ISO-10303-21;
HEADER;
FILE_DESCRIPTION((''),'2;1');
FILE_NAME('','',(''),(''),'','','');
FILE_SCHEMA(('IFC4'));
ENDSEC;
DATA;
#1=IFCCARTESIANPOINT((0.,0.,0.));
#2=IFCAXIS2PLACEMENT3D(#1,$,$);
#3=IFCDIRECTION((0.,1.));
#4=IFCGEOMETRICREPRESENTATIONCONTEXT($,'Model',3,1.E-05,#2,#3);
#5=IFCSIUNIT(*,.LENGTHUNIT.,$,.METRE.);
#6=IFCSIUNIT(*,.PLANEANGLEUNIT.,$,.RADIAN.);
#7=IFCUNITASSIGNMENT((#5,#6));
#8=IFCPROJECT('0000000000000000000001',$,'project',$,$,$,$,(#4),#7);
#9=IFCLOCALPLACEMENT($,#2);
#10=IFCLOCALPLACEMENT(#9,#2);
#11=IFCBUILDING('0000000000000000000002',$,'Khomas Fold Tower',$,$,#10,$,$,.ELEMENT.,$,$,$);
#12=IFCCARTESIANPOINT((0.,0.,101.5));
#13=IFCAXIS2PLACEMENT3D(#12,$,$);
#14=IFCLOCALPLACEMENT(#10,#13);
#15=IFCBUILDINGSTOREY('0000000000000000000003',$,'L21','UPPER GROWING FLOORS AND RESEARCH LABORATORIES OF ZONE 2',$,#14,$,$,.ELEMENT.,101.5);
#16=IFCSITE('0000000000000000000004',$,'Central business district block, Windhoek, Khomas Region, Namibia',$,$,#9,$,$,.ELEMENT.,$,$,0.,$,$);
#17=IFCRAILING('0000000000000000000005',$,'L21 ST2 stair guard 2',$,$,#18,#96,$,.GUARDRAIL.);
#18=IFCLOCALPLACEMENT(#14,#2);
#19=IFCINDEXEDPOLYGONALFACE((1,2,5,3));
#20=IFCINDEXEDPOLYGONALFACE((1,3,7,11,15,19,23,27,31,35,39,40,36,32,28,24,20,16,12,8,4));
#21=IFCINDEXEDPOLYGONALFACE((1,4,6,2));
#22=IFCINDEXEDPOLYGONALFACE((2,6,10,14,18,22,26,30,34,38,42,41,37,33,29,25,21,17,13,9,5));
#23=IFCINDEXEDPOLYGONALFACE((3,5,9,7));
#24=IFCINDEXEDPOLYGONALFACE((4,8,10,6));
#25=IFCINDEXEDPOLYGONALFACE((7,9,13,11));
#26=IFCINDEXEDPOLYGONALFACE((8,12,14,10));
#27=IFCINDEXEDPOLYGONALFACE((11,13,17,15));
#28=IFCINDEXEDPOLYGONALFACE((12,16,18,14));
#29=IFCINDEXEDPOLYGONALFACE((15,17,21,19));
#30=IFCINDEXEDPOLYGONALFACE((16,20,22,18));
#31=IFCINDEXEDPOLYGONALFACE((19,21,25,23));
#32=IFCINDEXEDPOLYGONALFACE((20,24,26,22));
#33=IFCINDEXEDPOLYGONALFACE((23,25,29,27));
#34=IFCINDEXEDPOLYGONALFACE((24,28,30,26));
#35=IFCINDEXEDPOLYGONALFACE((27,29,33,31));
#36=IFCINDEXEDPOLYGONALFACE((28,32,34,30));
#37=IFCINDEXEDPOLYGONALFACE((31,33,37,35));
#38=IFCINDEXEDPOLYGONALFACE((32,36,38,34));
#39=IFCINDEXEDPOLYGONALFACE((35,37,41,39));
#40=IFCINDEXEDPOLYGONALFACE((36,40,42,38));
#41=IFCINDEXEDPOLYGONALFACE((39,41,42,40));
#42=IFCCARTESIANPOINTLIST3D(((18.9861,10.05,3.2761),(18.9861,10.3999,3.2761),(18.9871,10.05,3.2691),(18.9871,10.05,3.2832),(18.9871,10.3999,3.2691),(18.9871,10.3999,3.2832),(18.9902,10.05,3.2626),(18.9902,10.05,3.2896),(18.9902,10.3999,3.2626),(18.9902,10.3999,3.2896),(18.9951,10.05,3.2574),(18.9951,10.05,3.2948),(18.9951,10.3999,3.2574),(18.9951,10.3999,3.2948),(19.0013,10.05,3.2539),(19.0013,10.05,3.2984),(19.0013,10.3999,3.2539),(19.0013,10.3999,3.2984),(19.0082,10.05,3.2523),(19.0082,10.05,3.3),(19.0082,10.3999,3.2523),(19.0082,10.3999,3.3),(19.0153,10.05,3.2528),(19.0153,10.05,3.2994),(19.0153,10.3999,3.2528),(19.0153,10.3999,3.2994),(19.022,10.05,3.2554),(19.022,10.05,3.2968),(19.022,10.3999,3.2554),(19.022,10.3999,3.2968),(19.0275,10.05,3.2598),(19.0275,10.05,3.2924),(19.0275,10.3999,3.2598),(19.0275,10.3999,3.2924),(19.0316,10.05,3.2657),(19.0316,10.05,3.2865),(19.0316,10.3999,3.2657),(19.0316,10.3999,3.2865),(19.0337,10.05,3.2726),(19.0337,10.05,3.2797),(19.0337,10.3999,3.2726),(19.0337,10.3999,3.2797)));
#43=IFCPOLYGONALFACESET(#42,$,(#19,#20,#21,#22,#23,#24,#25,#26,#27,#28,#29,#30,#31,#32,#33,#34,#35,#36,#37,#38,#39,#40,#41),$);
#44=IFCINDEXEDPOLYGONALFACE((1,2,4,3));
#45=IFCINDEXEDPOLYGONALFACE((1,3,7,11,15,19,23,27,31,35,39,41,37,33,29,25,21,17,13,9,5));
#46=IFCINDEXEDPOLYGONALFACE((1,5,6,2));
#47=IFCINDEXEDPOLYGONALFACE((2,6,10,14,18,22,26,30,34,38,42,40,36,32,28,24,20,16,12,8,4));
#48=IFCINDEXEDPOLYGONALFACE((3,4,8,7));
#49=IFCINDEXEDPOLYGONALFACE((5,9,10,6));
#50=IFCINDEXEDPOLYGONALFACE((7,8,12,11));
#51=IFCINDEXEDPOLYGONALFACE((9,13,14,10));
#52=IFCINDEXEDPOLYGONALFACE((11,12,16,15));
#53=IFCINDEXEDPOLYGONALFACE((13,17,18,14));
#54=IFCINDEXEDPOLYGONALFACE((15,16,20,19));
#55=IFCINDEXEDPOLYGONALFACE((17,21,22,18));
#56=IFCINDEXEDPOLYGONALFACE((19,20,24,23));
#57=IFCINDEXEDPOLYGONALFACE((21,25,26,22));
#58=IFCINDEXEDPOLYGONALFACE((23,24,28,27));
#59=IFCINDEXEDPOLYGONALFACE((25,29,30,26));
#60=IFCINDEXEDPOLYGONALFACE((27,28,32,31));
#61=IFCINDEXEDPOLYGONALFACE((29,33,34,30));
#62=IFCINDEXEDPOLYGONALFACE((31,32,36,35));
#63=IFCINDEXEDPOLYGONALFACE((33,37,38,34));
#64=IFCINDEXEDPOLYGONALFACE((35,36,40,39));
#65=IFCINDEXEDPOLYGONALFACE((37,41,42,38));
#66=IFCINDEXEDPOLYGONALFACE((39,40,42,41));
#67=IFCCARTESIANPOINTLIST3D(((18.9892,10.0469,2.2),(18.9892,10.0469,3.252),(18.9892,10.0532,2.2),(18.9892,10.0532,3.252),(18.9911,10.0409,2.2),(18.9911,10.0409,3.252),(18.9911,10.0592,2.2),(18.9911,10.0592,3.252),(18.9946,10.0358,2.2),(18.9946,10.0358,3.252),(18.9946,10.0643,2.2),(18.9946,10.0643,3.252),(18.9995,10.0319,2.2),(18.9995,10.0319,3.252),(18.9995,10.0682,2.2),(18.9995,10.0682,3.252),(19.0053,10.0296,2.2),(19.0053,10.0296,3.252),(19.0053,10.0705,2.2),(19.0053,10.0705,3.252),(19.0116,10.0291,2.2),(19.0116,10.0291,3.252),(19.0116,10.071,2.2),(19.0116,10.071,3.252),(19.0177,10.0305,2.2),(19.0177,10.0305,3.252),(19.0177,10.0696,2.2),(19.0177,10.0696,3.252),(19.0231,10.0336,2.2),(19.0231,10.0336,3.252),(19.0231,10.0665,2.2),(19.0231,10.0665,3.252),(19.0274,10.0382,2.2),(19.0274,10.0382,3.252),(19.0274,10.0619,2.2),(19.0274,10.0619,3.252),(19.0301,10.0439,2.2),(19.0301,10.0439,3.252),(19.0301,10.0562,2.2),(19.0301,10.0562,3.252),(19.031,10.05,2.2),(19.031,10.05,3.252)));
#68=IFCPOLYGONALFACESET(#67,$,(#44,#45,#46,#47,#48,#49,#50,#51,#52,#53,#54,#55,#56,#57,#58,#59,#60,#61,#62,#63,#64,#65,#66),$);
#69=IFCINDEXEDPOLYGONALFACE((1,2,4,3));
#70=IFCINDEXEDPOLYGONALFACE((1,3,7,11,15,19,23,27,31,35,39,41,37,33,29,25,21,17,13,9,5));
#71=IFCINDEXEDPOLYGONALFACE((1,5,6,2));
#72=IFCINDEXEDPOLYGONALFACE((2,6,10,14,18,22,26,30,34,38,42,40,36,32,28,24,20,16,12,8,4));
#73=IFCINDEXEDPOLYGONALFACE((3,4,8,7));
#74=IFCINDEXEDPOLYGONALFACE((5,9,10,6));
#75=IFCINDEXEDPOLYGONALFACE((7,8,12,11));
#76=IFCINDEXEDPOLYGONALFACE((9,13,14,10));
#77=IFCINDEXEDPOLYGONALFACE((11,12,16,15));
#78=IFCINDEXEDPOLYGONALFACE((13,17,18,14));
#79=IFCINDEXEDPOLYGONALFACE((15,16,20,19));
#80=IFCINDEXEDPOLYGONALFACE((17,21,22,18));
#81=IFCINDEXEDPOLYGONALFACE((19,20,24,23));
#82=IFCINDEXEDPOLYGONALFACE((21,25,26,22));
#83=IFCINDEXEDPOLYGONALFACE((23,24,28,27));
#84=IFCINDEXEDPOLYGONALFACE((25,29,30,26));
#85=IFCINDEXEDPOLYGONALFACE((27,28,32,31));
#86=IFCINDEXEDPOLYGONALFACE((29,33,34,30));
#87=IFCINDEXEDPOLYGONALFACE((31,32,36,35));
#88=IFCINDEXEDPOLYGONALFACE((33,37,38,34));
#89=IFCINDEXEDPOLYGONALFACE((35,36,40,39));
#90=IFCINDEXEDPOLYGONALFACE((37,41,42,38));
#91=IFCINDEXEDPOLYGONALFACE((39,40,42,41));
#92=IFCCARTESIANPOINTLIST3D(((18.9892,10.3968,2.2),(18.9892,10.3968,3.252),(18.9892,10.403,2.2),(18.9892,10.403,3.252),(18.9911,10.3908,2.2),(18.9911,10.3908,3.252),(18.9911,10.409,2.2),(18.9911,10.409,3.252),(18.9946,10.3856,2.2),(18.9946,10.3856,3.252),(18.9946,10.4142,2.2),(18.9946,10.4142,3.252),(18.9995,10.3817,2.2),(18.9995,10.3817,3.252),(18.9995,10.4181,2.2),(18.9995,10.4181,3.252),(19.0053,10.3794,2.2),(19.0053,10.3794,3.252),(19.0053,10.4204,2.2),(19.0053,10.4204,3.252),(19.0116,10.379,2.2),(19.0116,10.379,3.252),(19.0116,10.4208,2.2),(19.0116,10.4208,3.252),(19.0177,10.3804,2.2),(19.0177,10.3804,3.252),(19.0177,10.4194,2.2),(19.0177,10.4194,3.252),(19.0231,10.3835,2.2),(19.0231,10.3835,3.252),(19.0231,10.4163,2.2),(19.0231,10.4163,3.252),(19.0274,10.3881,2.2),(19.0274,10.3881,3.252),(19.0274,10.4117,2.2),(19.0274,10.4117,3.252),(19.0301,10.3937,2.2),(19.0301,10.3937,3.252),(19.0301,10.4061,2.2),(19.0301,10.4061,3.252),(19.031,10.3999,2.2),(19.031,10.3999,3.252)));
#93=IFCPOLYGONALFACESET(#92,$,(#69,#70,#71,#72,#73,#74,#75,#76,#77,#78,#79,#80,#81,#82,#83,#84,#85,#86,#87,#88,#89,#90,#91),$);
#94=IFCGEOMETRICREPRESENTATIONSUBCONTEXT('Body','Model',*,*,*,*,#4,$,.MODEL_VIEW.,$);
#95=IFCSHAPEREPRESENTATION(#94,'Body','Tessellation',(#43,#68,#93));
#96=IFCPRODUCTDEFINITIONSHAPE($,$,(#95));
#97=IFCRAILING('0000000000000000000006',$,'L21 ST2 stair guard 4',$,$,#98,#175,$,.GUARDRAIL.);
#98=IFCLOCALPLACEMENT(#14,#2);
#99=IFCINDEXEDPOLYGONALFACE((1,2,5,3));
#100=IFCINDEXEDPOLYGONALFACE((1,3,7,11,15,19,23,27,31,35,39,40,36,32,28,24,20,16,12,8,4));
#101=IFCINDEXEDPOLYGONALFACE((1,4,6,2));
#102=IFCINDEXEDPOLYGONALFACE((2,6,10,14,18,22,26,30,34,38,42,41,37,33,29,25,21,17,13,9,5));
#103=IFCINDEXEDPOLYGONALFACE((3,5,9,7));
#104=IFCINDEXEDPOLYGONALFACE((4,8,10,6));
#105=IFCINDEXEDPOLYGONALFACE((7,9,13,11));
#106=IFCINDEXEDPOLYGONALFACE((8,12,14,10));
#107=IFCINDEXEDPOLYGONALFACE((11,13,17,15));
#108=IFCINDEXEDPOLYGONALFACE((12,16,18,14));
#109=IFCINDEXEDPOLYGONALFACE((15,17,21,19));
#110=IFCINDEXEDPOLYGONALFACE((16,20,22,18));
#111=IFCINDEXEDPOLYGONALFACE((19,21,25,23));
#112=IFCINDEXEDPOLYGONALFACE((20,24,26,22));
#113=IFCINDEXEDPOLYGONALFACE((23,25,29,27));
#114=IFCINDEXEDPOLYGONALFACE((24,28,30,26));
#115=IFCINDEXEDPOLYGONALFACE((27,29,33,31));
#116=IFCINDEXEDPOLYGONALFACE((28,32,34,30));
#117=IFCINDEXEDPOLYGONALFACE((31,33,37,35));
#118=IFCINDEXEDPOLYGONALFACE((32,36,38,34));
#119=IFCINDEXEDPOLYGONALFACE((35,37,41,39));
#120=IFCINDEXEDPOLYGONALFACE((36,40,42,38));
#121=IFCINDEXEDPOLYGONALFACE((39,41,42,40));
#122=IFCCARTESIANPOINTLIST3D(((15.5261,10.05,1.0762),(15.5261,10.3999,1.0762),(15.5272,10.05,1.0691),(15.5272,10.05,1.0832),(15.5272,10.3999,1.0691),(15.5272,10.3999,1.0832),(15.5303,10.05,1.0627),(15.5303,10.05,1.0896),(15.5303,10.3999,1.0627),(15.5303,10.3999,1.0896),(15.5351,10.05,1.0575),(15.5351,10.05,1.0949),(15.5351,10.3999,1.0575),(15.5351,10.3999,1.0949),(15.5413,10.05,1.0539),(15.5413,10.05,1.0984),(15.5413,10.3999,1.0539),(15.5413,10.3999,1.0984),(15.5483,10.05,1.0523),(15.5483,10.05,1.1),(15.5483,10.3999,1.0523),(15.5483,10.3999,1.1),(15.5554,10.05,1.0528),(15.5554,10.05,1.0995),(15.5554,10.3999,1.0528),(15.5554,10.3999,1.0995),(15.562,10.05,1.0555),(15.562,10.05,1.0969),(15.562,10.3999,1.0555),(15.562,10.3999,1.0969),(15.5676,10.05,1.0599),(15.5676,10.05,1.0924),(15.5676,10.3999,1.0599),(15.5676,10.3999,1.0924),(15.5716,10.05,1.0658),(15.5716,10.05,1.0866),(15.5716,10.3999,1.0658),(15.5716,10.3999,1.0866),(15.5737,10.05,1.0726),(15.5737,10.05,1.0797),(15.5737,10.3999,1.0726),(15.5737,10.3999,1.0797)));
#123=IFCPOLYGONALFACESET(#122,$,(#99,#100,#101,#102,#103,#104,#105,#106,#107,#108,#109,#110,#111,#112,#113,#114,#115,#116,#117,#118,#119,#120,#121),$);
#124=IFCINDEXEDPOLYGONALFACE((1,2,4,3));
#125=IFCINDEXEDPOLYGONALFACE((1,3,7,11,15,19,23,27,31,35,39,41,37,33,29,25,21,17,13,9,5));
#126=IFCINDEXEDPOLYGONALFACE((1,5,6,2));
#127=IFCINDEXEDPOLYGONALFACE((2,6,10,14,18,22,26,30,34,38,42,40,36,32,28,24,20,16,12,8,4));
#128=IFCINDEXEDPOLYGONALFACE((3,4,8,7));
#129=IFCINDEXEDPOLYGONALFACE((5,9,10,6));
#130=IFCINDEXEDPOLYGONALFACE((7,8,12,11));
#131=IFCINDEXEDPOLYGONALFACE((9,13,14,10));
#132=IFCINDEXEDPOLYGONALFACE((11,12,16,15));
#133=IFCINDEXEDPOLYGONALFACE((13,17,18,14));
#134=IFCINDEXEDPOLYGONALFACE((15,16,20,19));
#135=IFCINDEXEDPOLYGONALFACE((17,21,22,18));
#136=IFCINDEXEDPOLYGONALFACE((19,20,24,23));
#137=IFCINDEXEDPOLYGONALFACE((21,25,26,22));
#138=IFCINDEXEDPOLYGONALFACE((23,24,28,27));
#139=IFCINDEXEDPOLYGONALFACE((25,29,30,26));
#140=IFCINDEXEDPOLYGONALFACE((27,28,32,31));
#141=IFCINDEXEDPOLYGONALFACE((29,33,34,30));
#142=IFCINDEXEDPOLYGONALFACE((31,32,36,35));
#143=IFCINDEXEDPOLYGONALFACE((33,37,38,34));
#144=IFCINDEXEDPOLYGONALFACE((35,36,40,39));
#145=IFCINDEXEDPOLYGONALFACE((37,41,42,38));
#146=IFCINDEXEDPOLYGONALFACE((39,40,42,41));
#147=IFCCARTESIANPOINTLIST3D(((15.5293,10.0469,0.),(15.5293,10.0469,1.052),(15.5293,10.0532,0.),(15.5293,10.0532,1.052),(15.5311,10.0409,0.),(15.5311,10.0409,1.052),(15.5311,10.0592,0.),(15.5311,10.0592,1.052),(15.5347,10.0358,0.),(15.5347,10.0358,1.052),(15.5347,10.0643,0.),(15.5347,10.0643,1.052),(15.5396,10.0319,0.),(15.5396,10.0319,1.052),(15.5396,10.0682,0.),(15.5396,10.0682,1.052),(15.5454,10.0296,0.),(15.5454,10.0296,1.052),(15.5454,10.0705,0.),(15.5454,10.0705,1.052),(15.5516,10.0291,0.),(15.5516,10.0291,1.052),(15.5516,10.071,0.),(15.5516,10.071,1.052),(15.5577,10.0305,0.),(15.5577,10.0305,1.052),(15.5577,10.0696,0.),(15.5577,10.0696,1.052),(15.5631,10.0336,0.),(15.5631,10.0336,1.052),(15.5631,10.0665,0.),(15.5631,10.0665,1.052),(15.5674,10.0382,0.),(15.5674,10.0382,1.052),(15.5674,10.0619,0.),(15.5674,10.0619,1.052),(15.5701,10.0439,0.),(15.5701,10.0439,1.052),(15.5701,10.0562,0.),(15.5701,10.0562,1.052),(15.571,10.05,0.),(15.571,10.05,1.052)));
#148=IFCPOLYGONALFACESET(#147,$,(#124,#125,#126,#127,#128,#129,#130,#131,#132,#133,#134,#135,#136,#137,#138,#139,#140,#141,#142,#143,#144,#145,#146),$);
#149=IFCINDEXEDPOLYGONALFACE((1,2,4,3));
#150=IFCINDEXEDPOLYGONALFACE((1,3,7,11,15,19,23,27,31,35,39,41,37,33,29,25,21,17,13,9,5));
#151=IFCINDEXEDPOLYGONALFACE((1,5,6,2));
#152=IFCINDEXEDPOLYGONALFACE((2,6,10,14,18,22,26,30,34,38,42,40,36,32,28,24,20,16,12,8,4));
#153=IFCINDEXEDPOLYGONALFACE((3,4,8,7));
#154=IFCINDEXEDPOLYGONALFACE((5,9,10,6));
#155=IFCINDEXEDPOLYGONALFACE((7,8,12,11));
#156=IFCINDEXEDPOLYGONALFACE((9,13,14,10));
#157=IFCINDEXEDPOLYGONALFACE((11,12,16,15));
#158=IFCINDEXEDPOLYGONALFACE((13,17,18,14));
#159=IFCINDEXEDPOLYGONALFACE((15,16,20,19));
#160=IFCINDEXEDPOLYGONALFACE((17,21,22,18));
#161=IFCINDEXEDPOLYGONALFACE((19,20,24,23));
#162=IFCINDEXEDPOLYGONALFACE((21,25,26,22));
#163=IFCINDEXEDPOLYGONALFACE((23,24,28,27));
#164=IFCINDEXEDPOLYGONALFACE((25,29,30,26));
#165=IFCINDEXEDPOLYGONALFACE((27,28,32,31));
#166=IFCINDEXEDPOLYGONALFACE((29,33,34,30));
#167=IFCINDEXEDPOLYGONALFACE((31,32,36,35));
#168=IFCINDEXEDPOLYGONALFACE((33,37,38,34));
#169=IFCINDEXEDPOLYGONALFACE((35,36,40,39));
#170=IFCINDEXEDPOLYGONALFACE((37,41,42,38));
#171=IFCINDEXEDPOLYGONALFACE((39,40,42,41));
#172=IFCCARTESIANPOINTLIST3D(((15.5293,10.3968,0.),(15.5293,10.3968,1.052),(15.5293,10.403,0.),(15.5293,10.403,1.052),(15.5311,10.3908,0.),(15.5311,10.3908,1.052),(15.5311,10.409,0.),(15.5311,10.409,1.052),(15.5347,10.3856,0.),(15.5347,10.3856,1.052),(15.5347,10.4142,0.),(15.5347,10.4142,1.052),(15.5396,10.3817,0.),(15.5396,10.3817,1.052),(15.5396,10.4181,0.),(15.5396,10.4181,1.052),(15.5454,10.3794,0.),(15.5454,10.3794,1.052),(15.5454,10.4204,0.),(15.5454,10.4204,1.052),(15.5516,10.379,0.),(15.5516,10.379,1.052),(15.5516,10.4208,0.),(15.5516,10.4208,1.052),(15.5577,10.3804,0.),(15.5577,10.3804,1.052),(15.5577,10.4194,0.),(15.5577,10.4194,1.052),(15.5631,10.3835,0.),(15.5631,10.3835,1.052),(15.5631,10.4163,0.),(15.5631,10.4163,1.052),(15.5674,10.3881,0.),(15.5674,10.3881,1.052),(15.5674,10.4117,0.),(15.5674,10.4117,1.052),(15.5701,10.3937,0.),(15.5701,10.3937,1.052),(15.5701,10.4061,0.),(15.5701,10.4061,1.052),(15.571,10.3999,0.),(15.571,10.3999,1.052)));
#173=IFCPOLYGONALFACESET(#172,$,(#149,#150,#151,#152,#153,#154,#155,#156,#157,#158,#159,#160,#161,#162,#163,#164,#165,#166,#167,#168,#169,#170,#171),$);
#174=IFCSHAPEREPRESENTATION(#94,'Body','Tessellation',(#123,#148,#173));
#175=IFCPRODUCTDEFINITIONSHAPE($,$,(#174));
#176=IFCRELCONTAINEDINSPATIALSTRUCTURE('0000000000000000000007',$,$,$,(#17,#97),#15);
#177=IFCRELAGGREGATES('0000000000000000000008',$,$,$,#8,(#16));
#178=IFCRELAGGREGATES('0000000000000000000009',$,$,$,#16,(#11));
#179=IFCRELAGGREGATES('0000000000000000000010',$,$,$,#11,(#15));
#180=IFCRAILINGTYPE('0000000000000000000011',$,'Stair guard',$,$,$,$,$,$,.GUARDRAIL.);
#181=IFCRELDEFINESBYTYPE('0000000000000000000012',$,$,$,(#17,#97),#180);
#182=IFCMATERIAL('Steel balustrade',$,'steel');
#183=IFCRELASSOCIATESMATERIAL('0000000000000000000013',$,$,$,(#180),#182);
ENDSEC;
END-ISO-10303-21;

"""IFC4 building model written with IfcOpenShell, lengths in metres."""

from ifc_helpers import new_model, si_unit, direction, frame, origin, origin_2d, place, context, subcontext, project, spatial, circle, extrude, source, transform, mapped, material, type_object, element, save


model = new_model("IFC4")

# Units and contexts
model_context = context("Model", 3, precision=1e-05, world=origin(), true_north=direction((0.0, 1.0)))
body_context = subcontext(model_context, "Body", "Model", "MODEL_VIEW")
ifc_project = project(units=[si_unit("LENGTHUNIT", "METRE"), si_unit("PLANEANGLEUNIT", "RADIAN")], contexts=[model_context])

# Site, building, storey
site_placement = place(None, origin())
site = spatial("IfcSite", under=ifc_project, at=site_placement, Name="Central business district block, Windhoek, Khomas Region, Namibia", CompositionType="ELEMENT", RefElevation=0.0)
building_placement = place(site_placement, origin())
building = spatial("IfcBuilding", under=site, at=building_placement, Name="Khomas Fold Tower", CompositionType="ELEMENT")
storey_placement = place(building_placement, frame((0.0, 0.0, 101.5)))
storey = spatial("IfcBuildingStorey", under=building, at=storey_placement, Name="L21", Description="UPPER GROWING FLOORS AND RESEARCH LABORATORIES OF ZONE 2", CompositionType="ELEMENT", Elevation=101.5)

# Railings
ifc_material_1 = material(Name="Steel balustrade", Category="steel")
railing_type_1 = type_object("IfcRailingType", Name="Stair guard", PredefinedType="GUARDRAIL", material=ifc_material_1)
shared_shape_1 = source(origin(), body_context, "Body", "SweptSolid", [
    extrude(circle(Radius=0.0239, at=origin_2d()), frame((0.0, 0.0, 1.0762), z_axis=(0.0, 1.0, 0.0), x_axis=(-1.0, 0.0, 0.0)), (0.0, 0.0, 1.0), 0.3499),
    extrude(circle(Radius=0.021, at=origin_2d()), origin(), (0.0, 0.0, 1.0), 1.052),
    extrude(circle(Radius=0.021, at=origin_2d()), frame((0.0, 0.3499, 0.0)), (0.0, 0.0, 1.0), 1.052),
])
for number, where, name in (
    (1, (19.01, 10.05, 2.2), "L21 ST2 stair guard 2"),
    (2, (15.55, 10.05, 0.0), "L21 ST2 stair guard 4"),
):
    element("IfcRailing", number, at=place(storey_placement, frame(where)), inside=storey, type_object=railing_type_1, Name=name, PredefinedType="GUARDRAIL", context=body_context, shape_type="MappedRepresentation", body=[
        mapped(shared_shape_1, transform((0.0, 0.0, 0.0))),
    ])

save(model, "model.ifc")
